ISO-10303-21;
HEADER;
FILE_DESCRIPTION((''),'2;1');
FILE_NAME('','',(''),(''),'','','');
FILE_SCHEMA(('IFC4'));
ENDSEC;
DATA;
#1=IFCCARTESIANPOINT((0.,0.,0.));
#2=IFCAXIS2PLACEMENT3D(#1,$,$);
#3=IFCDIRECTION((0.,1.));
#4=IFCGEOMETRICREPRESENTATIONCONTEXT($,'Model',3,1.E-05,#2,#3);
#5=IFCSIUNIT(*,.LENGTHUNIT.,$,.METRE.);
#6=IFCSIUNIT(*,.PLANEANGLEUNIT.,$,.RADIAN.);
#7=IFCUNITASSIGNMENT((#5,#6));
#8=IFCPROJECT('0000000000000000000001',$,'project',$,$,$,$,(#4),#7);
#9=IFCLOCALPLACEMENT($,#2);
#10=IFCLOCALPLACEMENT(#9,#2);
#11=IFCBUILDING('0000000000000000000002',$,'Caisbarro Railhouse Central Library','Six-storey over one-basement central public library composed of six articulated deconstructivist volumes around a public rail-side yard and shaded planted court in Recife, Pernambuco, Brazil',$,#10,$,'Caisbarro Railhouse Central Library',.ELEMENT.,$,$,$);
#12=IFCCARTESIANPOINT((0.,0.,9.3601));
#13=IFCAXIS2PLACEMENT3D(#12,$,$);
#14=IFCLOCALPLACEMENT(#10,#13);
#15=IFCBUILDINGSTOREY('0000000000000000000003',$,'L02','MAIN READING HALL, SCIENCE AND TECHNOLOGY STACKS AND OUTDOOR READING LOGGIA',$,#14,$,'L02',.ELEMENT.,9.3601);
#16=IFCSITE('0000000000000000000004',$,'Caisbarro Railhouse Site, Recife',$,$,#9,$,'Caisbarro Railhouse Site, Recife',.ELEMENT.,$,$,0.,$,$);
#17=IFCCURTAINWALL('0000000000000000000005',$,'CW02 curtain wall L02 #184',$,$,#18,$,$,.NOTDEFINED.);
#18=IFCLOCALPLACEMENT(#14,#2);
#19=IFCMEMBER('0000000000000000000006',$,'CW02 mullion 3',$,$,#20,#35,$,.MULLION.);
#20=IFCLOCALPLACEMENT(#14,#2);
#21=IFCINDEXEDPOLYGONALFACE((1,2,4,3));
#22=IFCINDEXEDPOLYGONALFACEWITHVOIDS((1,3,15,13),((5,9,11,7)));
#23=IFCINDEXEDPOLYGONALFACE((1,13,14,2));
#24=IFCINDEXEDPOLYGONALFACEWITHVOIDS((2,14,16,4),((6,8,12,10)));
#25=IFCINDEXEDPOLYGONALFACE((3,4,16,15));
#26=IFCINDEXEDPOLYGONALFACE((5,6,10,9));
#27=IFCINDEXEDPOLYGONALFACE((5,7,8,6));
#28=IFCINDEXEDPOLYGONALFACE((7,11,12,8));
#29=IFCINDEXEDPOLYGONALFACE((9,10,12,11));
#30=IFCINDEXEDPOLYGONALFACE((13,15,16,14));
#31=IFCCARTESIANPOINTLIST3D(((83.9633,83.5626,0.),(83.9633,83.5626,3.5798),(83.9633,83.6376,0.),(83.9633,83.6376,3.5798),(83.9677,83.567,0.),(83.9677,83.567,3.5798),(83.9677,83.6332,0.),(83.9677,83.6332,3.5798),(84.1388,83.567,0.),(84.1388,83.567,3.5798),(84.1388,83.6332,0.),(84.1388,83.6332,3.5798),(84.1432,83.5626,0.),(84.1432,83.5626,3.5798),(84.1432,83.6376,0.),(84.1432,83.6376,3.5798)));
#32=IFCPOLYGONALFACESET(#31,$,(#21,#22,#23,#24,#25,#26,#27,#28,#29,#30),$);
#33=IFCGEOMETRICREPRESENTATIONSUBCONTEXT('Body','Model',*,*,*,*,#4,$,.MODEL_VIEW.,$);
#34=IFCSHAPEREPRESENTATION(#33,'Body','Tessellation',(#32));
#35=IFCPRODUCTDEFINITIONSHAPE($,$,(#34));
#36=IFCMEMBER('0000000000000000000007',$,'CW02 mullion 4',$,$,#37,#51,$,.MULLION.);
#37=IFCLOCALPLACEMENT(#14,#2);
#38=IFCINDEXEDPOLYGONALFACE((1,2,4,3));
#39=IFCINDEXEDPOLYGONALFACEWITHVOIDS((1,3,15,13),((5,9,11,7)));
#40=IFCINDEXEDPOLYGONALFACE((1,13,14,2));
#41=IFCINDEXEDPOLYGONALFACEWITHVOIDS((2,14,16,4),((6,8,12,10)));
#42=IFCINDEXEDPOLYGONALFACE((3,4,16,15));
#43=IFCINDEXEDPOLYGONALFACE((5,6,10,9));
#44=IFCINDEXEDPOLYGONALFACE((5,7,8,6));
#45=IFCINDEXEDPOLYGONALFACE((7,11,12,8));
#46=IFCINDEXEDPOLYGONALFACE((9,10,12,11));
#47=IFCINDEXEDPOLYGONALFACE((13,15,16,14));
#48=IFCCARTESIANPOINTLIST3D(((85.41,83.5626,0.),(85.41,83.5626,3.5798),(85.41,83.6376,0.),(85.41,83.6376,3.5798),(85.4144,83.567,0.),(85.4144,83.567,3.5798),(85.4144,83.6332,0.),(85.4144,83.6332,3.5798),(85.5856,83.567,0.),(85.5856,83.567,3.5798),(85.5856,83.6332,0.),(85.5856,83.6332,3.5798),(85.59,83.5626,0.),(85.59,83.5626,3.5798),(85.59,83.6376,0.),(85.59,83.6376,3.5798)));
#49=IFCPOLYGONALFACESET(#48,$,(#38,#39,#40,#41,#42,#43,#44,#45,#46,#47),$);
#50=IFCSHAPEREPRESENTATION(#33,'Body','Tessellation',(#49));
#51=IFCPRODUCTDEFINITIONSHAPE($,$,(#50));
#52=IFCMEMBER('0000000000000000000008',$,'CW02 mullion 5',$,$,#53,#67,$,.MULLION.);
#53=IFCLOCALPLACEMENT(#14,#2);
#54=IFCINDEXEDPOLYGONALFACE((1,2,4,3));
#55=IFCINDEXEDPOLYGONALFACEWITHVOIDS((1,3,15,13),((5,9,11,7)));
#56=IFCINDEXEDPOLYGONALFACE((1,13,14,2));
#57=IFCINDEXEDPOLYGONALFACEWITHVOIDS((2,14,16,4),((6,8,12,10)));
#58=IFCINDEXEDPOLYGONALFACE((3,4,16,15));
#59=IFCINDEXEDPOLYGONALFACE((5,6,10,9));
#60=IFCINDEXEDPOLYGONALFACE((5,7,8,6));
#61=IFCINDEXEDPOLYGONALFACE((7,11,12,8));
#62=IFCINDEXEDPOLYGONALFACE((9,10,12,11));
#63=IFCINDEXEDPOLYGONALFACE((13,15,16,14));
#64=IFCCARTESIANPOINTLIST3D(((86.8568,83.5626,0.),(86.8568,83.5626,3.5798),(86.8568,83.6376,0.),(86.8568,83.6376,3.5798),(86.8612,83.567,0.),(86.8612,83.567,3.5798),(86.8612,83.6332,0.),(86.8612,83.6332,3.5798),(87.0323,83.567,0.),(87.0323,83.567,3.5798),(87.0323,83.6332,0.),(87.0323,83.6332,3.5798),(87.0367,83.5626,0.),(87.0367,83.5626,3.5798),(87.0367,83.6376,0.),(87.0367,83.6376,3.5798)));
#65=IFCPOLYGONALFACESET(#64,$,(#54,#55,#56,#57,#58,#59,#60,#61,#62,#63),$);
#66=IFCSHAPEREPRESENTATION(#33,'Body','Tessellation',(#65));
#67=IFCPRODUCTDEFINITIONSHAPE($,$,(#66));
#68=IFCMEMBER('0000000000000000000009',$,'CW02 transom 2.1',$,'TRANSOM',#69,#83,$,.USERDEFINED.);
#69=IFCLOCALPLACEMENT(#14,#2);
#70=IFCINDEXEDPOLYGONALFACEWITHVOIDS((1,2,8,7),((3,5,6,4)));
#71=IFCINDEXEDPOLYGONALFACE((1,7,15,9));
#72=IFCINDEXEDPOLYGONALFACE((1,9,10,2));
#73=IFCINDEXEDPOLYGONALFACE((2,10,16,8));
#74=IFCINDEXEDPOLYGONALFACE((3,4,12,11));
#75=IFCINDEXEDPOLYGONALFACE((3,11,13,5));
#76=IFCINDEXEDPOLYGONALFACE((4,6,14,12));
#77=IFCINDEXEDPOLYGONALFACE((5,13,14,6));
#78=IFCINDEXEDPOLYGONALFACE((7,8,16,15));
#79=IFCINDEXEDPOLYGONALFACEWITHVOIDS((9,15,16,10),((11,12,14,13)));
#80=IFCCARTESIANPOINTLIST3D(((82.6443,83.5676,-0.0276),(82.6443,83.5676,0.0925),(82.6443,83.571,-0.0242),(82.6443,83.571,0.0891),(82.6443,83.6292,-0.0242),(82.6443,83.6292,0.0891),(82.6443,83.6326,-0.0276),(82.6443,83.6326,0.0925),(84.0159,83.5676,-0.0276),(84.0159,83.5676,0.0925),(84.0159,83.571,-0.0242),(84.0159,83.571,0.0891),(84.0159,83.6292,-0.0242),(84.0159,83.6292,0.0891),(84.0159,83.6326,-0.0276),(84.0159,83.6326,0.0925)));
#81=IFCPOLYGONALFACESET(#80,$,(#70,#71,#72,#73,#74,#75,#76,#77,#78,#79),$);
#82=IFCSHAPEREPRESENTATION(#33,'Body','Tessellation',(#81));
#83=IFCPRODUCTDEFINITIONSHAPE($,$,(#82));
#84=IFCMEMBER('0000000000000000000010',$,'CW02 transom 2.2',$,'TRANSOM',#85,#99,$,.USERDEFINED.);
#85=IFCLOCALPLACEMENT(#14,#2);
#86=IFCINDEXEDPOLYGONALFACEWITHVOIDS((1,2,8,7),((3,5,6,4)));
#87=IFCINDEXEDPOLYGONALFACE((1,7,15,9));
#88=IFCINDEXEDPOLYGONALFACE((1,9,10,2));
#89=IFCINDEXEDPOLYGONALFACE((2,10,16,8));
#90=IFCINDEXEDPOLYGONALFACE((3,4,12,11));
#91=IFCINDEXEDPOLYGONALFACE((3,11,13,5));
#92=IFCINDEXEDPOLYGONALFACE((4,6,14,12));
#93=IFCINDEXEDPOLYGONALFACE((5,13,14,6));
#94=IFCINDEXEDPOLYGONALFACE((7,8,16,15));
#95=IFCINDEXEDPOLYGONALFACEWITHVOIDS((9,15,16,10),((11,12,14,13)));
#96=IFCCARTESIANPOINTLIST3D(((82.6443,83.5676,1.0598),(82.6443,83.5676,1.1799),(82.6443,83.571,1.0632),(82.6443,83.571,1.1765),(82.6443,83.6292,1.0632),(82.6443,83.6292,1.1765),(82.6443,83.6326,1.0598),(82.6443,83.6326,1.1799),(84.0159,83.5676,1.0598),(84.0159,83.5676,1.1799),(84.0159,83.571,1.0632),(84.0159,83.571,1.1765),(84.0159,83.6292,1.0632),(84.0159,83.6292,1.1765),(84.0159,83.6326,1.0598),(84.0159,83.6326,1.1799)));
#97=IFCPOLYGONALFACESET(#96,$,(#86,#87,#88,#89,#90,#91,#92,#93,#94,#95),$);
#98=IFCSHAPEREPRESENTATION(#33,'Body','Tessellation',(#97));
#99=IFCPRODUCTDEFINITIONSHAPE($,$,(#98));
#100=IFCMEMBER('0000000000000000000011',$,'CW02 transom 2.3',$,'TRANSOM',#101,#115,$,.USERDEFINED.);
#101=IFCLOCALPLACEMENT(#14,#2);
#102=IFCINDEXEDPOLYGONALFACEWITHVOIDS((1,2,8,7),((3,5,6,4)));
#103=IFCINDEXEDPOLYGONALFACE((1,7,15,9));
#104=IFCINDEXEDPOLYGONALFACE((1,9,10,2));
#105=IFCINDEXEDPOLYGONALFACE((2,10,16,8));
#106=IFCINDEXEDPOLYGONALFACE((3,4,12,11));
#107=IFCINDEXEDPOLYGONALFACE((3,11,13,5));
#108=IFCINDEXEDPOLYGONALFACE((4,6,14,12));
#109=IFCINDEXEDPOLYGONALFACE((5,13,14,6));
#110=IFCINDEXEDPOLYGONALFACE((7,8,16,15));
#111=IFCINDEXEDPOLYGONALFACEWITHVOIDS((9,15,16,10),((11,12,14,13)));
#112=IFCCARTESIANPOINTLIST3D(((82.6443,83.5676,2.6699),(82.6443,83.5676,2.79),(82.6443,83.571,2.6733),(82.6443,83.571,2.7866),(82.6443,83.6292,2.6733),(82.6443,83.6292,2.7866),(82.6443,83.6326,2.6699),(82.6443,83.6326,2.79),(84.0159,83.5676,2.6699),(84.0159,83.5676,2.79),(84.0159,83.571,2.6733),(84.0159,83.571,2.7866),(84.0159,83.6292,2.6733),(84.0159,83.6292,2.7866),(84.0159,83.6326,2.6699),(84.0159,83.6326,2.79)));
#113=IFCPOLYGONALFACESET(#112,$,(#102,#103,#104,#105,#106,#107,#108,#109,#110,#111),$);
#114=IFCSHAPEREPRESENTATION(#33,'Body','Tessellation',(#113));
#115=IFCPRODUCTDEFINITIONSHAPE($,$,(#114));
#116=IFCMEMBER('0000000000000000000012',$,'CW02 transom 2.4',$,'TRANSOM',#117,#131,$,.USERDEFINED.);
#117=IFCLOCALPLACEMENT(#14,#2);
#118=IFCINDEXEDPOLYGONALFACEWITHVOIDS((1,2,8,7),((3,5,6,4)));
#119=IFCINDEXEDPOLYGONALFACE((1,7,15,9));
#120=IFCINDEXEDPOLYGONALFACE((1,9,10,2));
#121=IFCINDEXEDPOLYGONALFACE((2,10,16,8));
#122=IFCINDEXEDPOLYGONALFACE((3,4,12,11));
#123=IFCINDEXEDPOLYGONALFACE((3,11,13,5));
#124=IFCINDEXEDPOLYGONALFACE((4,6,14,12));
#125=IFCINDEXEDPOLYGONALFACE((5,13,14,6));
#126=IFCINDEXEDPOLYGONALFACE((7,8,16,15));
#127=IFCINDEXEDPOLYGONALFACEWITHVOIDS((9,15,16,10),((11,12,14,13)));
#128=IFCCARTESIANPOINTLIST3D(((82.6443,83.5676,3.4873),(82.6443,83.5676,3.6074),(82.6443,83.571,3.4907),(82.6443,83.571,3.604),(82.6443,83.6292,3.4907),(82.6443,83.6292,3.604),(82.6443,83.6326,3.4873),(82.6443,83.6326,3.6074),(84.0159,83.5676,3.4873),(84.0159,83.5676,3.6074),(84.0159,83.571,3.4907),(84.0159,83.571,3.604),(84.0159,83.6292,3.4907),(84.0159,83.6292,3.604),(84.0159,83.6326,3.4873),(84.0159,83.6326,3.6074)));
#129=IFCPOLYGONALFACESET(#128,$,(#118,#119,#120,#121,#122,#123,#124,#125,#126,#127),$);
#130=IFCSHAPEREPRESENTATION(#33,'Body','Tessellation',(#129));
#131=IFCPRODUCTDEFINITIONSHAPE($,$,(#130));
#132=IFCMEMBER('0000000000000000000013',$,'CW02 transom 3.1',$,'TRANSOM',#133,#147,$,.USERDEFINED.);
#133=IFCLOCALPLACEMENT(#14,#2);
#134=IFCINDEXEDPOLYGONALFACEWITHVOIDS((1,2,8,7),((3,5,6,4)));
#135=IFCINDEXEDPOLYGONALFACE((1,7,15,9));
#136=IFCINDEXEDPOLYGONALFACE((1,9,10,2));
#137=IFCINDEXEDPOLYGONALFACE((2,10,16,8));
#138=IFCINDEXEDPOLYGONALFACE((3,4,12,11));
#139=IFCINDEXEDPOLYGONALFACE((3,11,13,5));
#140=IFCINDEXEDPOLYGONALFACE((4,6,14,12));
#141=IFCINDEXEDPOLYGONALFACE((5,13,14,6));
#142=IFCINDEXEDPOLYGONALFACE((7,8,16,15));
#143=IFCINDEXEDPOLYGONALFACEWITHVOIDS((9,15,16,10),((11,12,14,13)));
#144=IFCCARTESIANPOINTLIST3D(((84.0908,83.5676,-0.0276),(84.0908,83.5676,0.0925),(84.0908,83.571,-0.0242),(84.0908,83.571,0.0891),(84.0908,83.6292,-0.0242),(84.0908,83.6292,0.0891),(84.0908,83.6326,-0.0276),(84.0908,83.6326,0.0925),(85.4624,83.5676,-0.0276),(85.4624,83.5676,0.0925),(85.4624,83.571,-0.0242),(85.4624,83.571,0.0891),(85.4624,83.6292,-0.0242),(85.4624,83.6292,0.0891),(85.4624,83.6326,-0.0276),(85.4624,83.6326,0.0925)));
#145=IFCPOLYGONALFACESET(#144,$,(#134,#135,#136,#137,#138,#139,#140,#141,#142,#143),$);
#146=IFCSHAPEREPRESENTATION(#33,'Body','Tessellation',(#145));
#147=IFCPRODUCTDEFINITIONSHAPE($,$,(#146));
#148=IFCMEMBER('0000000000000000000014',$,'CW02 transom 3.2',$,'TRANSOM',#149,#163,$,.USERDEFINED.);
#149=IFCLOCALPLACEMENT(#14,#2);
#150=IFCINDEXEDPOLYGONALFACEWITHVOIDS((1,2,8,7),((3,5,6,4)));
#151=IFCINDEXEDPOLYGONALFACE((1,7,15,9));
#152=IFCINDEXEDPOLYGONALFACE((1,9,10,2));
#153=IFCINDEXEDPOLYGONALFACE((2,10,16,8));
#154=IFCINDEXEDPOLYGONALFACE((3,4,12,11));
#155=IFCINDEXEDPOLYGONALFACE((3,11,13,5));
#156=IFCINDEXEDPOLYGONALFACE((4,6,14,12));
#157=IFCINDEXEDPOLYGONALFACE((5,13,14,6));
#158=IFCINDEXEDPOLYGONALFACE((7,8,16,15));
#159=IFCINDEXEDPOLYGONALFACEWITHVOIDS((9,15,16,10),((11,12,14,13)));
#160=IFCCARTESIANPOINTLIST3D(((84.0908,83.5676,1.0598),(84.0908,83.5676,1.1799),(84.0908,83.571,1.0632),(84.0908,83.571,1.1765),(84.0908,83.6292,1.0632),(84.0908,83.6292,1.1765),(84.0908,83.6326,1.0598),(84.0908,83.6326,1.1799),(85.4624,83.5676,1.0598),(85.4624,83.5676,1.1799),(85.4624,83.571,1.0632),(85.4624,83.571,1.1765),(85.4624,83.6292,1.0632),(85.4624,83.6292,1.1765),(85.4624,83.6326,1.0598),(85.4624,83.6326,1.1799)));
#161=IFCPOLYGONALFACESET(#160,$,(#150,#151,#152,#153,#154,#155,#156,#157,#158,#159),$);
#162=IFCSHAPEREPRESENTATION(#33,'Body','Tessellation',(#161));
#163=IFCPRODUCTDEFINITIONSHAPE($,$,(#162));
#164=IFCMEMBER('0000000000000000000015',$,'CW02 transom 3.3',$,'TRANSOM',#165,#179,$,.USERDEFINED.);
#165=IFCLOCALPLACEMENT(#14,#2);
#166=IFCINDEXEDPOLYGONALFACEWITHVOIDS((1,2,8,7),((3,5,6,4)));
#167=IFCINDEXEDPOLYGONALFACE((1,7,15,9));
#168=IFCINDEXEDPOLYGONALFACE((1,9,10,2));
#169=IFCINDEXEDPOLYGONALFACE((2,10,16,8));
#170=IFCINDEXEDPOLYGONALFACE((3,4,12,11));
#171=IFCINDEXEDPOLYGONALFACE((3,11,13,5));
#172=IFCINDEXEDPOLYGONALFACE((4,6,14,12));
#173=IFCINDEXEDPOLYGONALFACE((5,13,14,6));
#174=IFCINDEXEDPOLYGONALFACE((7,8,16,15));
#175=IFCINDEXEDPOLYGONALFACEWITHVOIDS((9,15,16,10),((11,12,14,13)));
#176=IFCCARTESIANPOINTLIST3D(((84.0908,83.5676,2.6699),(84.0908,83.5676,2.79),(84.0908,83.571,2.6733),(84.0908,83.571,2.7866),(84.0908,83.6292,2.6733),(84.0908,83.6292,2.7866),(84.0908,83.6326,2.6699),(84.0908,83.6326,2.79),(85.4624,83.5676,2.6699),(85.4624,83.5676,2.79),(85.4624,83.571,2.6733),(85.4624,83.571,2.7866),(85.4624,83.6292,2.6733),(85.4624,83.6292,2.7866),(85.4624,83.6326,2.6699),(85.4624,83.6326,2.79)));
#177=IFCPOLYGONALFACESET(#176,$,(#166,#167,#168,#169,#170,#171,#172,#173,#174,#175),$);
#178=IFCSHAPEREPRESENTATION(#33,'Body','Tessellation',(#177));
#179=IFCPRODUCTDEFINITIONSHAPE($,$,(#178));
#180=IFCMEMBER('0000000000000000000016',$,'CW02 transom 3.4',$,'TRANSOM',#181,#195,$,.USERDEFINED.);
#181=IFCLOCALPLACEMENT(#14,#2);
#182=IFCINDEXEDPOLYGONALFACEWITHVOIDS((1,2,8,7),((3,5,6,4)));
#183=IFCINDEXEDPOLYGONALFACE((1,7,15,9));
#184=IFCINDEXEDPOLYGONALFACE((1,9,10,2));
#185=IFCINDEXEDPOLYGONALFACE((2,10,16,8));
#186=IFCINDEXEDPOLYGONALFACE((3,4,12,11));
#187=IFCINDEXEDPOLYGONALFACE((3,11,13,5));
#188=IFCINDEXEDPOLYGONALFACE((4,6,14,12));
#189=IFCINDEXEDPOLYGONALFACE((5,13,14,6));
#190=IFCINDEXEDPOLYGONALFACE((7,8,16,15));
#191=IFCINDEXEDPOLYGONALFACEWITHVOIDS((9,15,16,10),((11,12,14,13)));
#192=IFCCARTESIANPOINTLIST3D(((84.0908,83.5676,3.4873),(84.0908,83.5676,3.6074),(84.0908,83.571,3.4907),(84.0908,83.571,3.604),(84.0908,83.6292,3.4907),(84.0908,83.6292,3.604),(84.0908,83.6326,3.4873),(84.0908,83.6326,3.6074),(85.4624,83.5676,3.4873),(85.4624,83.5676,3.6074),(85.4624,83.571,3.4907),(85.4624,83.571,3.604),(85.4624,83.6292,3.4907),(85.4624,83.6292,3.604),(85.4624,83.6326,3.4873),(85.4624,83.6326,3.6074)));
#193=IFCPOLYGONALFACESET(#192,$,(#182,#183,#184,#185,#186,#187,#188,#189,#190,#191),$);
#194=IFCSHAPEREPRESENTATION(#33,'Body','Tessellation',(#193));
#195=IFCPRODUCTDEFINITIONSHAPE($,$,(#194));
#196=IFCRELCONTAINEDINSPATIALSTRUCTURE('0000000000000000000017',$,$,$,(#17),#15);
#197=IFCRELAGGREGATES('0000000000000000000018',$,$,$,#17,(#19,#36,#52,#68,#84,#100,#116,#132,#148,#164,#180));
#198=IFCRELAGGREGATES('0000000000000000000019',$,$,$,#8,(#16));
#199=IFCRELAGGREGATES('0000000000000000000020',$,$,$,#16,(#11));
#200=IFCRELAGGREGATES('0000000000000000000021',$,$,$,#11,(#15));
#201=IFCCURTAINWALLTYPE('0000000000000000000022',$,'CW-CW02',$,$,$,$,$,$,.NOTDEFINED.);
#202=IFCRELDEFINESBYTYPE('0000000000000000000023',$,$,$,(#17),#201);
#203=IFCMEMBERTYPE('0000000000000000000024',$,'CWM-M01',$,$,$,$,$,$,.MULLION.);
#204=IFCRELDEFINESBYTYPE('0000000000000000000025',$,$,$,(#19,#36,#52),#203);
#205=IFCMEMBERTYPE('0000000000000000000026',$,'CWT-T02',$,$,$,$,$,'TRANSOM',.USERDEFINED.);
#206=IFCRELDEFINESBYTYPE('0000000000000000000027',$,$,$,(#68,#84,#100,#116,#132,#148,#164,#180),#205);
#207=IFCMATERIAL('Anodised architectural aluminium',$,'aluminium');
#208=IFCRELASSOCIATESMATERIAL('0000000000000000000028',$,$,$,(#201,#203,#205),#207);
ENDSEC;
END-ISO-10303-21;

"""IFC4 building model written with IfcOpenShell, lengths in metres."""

from ifc_helpers import new_model, si_unit, direction, frame, origin, origin_2d, place, context, subcontext, project, spatial, hollow_rectangle, extrude, material, material_profile, profile_set, type_object, element, aggregate, save


model = new_model("IFC4")

# Units and contexts
model_context = context("Model", 3, precision=1e-05, world=origin(), true_north=direction((0.0, 1.0)))
body_context = subcontext(model_context, "Body", "Model", "MODEL_VIEW")
ifc_project = project(units=[si_unit("LENGTHUNIT", "METRE"), si_unit("PLANEANGLEUNIT", "RADIAN")], contexts=[model_context])

# Site, building, storey
site_placement = place(None, origin())
site = spatial("IfcSite", under=ifc_project, at=site_placement, Name="Caisbarro Railhouse Site, Recife", LongName="Caisbarro Railhouse Site, Recife", CompositionType="ELEMENT", RefElevation=0.0)
building_placement = place(site_placement, origin())
building = spatial("IfcBuilding", under=site, at=building_placement, Name="Caisbarro Railhouse Central Library", Description="Six-storey over one-basement central public library composed of six articulated deconstructivist volumes around a public rail-side yard and shaded planted court in Recife, Pernambuco, Brazil", LongName="Caisbarro Railhouse Central Library", CompositionType="ELEMENT")
storey_placement = place(building_placement, frame((0.0, 0.0, 9.3601)))
storey = spatial("IfcBuildingStorey", under=building, at=storey_placement, Name="L02", Description="MAIN READING HALL, SCIENCE AND TECHNOLOGY STACKS AND OUTDOOR READING LOGGIA", LongName="L02", CompositionType="ELEMENT", Elevation=9.3601)

# Curtain wall, members
ifc_material_1 = material(Name="Anodised architectural aluminium", Category="aluminium")
curtain_wall_type = type_object("IfcCurtainWallType", Name="CW-CW02", PredefinedType="NOTDEFINED", material=ifc_material_1)
curtain_wall_placement = place(storey_placement, origin())
curtain_wall = element("IfcCurtainWall", 1, at=curtain_wall_placement, inside=storey, type_object=curtain_wall_type, Name="CW02 curtain wall L02 #184", PredefinedType="NOTDEFINED")
ifc_material_profile_1 = material_profile(ifc_material_1, hollow_rectangle(XDim=0.075, YDim=0.1799, WallThickness=0.0044, at=origin_2d()), Name="ALU-MUL-75X180")
ifc_profile_set_1 = profile_set([ifc_material_profile_1], Name="Anodised architectural aluminium")
member_type_1 = type_object("IfcMemberType", Name="CWM-M01", PredefinedType="MULLION", material=ifc_profile_set_1)
member_1_placement = place(storey_placement, frame((84.0532, 83.6001, 0.0), z_axis=(0.0, 0.0, 1.0), x_axis=(0.0, 1.0, 0.0)))
member_1 = element("IfcMember", 2, at=member_1_placement, type_object=member_type_1, Name="CW02 mullion 3", PredefinedType="MULLION", context=body_context, shape_type="SweptSolid", body=[
    extrude(hollow_rectangle(XDim=0.075, YDim=0.1799, WallThickness=0.0044, at=origin_2d()), origin(), (0.0, 0.0, 1.0), 3.5798),
])
member_2_placement = place(storey_placement, frame((85.5, 83.6001, 0.0), z_axis=(0.0, 0.0, 1.0), x_axis=(0.0, 1.0, 0.0)))
member_2 = element("IfcMember", 3, at=member_2_placement, type_object=member_type_1, Name="CW02 mullion 4", PredefinedType="MULLION", context=body_context, shape_type="SweptSolid", body=[
    extrude(hollow_rectangle(XDim=0.075, YDim=0.1799, WallThickness=0.0044, at=origin_2d()), origin(), (0.0, 0.0, 1.0), 3.5798),
])
member_3_placement = place(storey_placement, frame((86.9468, 83.6001, 0.0), z_axis=(0.0, 0.0, 1.0), x_axis=(0.0, 1.0, 0.0)))
member_3 = element("IfcMember", 4, at=member_3_placement, type_object=member_type_1, Name="CW02 mullion 5", PredefinedType="MULLION", context=body_context, shape_type="SweptSolid", body=[
    extrude(hollow_rectangle(XDim=0.075, YDim=0.1799, WallThickness=0.0044, at=origin_2d()), origin(), (0.0, 0.0, 1.0), 3.5798),
])
ifc_material_profile_2 = material_profile(ifc_material_1, hollow_rectangle(XDim=0.0649, YDim=0.1201, WallThickness=0.0034, at=origin_2d()), Name="ALU-TRN-65X120")
ifc_profile_set_2 = profile_set([ifc_material_profile_2], Name="Anodised architectural aluminium")
member_type_2 = type_object("IfcMemberType", Name="CWT-T02", ElementType="TRANSOM", PredefinedType="USERDEFINED", material=ifc_profile_set_2)
member_4_placement = place(storey_placement, frame((82.6443, 83.6001, 0.0325), z_axis=(1.0, 0.0, 0.0), x_axis=(0.0, 1.0, 0.0)))
member_4 = element("IfcMember", 5, at=member_4_placement, type_object=member_type_2, Name="CW02 transom 2.1", ObjectType="TRANSOM", PredefinedType="USERDEFINED", context=body_context, shape_type="SweptSolid", body=[
    extrude(hollow_rectangle(XDim=0.0649, YDim=0.1201, WallThickness=0.0034, at=origin_2d()), origin(), (0.0, 0.0, 1.0), 1.3716),
])
member_5_placement = place(storey_placement, frame((82.6443, 83.6001, 1.1199), z_axis=(1.0, 0.0, 0.0), x_axis=(0.0, 1.0, 0.0)))
member_5 = element("IfcMember", 6, at=member_5_placement, type_object=member_type_2, Name="CW02 transom 2.2", ObjectType="TRANSOM", PredefinedType="USERDEFINED", context=body_context, shape_type="SweptSolid", body=[
    extrude(hollow_rectangle(XDim=0.0649, YDim=0.1201, WallThickness=0.0034, at=origin_2d()), origin(), (0.0, 0.0, 1.0), 1.3716),
])
member_6_placement = place(storey_placement, frame((82.6443, 83.6001, 2.73), z_axis=(1.0, 0.0, 0.0), x_axis=(0.0, 1.0, 0.0)))
member_6 = element("IfcMember", 7, at=member_6_placement, type_object=member_type_2, Name="CW02 transom 2.3", ObjectType="TRANSOM", PredefinedType="USERDEFINED", context=body_context, shape_type="SweptSolid", body=[
    extrude(hollow_rectangle(XDim=0.0649, YDim=0.1201, WallThickness=0.0034, at=origin_2d()), origin(), (0.0, 0.0, 1.0), 1.3716),
])
member_7_placement = place(storey_placement, frame((82.6443, 83.6001, 3.5474), z_axis=(1.0, 0.0, 0.0), x_axis=(0.0, 1.0, 0.0)))
member_7 = element("IfcMember", 8, at=member_7_placement, type_object=member_type_2, Name="CW02 transom 2.4", ObjectType="TRANSOM", PredefinedType="USERDEFINED", context=body_context, shape_type="SweptSolid", body=[
    extrude(hollow_rectangle(XDim=0.0649, YDim=0.1201, WallThickness=0.0034, at=origin_2d()), origin(), (0.0, 0.0, 1.0), 1.3716),
])
member_8_placement = place(storey_placement, frame((84.0908, 83.6001, 0.0325), z_axis=(1.0, 0.0, 0.0), x_axis=(0.0, 1.0, 0.0)))
member_8 = element("IfcMember", 9, at=member_8_placement, type_object=member_type_2, Name="CW02 transom 3.1", ObjectType="TRANSOM", PredefinedType="USERDEFINED", context=body_context, shape_type="SweptSolid", body=[
    extrude(hollow_rectangle(XDim=0.0649, YDim=0.1201, WallThickness=0.0034, at=origin_2d()), origin(), (0.0, 0.0, 1.0), 1.3716),
])
member_9_placement = place(storey_placement, frame((84.0908, 83.6001, 1.1199), z_axis=(1.0, 0.0, 0.0), x_axis=(0.0, 1.0, 0.0)))
member_9 = element("IfcMember", 10, at=member_9_placement, type_object=member_type_2, Name="CW02 transom 3.2", ObjectType="TRANSOM", PredefinedType="USERDEFINED", context=body_context, shape_type="SweptSolid", body=[
    extrude(hollow_rectangle(XDim=0.0649, YDim=0.1201, WallThickness=0.0034, at=origin_2d()), origin(), (0.0, 0.0, 1.0), 1.3716),
])
member_10_placement = place(storey_placement, frame((84.0908, 83.6001, 2.73), z_axis=(1.0, 0.0, 0.0), x_axis=(0.0, 1.0, 0.0)))
member_10 = element("IfcMember", 11, at=member_10_placement, type_object=member_type_2, Name="CW02 transom 3.3", ObjectType="TRANSOM", PredefinedType="USERDEFINED", context=body_context, shape_type="SweptSolid", body=[
    extrude(hollow_rectangle(XDim=0.0649, YDim=0.1201, WallThickness=0.0034, at=origin_2d()), origin(), (0.0, 0.0, 1.0), 1.3716),
])
member_11_placement = place(storey_placement, frame((84.0908, 83.6001, 3.5474), z_axis=(1.0, 0.0, 0.0), x_axis=(0.0, 1.0, 0.0)))
member_11 = element("IfcMember", 12, at=member_11_placement, type_object=member_type_2, Name="CW02 transom 3.4", ObjectType="TRANSOM", PredefinedType="USERDEFINED", context=body_context, shape_type="SweptSolid", body=[
    extrude(hollow_rectangle(XDim=0.0649, YDim=0.1201, WallThickness=0.0034, at=origin_2d()), origin(), (0.0, 0.0, 1.0), 1.3716),
])
aggregate(curtain_wall, [member_1, member_2, member_3, member_4, member_5, member_6, member_7, member_8, member_9, member_10, member_11])

save(model, "model.ifc")
